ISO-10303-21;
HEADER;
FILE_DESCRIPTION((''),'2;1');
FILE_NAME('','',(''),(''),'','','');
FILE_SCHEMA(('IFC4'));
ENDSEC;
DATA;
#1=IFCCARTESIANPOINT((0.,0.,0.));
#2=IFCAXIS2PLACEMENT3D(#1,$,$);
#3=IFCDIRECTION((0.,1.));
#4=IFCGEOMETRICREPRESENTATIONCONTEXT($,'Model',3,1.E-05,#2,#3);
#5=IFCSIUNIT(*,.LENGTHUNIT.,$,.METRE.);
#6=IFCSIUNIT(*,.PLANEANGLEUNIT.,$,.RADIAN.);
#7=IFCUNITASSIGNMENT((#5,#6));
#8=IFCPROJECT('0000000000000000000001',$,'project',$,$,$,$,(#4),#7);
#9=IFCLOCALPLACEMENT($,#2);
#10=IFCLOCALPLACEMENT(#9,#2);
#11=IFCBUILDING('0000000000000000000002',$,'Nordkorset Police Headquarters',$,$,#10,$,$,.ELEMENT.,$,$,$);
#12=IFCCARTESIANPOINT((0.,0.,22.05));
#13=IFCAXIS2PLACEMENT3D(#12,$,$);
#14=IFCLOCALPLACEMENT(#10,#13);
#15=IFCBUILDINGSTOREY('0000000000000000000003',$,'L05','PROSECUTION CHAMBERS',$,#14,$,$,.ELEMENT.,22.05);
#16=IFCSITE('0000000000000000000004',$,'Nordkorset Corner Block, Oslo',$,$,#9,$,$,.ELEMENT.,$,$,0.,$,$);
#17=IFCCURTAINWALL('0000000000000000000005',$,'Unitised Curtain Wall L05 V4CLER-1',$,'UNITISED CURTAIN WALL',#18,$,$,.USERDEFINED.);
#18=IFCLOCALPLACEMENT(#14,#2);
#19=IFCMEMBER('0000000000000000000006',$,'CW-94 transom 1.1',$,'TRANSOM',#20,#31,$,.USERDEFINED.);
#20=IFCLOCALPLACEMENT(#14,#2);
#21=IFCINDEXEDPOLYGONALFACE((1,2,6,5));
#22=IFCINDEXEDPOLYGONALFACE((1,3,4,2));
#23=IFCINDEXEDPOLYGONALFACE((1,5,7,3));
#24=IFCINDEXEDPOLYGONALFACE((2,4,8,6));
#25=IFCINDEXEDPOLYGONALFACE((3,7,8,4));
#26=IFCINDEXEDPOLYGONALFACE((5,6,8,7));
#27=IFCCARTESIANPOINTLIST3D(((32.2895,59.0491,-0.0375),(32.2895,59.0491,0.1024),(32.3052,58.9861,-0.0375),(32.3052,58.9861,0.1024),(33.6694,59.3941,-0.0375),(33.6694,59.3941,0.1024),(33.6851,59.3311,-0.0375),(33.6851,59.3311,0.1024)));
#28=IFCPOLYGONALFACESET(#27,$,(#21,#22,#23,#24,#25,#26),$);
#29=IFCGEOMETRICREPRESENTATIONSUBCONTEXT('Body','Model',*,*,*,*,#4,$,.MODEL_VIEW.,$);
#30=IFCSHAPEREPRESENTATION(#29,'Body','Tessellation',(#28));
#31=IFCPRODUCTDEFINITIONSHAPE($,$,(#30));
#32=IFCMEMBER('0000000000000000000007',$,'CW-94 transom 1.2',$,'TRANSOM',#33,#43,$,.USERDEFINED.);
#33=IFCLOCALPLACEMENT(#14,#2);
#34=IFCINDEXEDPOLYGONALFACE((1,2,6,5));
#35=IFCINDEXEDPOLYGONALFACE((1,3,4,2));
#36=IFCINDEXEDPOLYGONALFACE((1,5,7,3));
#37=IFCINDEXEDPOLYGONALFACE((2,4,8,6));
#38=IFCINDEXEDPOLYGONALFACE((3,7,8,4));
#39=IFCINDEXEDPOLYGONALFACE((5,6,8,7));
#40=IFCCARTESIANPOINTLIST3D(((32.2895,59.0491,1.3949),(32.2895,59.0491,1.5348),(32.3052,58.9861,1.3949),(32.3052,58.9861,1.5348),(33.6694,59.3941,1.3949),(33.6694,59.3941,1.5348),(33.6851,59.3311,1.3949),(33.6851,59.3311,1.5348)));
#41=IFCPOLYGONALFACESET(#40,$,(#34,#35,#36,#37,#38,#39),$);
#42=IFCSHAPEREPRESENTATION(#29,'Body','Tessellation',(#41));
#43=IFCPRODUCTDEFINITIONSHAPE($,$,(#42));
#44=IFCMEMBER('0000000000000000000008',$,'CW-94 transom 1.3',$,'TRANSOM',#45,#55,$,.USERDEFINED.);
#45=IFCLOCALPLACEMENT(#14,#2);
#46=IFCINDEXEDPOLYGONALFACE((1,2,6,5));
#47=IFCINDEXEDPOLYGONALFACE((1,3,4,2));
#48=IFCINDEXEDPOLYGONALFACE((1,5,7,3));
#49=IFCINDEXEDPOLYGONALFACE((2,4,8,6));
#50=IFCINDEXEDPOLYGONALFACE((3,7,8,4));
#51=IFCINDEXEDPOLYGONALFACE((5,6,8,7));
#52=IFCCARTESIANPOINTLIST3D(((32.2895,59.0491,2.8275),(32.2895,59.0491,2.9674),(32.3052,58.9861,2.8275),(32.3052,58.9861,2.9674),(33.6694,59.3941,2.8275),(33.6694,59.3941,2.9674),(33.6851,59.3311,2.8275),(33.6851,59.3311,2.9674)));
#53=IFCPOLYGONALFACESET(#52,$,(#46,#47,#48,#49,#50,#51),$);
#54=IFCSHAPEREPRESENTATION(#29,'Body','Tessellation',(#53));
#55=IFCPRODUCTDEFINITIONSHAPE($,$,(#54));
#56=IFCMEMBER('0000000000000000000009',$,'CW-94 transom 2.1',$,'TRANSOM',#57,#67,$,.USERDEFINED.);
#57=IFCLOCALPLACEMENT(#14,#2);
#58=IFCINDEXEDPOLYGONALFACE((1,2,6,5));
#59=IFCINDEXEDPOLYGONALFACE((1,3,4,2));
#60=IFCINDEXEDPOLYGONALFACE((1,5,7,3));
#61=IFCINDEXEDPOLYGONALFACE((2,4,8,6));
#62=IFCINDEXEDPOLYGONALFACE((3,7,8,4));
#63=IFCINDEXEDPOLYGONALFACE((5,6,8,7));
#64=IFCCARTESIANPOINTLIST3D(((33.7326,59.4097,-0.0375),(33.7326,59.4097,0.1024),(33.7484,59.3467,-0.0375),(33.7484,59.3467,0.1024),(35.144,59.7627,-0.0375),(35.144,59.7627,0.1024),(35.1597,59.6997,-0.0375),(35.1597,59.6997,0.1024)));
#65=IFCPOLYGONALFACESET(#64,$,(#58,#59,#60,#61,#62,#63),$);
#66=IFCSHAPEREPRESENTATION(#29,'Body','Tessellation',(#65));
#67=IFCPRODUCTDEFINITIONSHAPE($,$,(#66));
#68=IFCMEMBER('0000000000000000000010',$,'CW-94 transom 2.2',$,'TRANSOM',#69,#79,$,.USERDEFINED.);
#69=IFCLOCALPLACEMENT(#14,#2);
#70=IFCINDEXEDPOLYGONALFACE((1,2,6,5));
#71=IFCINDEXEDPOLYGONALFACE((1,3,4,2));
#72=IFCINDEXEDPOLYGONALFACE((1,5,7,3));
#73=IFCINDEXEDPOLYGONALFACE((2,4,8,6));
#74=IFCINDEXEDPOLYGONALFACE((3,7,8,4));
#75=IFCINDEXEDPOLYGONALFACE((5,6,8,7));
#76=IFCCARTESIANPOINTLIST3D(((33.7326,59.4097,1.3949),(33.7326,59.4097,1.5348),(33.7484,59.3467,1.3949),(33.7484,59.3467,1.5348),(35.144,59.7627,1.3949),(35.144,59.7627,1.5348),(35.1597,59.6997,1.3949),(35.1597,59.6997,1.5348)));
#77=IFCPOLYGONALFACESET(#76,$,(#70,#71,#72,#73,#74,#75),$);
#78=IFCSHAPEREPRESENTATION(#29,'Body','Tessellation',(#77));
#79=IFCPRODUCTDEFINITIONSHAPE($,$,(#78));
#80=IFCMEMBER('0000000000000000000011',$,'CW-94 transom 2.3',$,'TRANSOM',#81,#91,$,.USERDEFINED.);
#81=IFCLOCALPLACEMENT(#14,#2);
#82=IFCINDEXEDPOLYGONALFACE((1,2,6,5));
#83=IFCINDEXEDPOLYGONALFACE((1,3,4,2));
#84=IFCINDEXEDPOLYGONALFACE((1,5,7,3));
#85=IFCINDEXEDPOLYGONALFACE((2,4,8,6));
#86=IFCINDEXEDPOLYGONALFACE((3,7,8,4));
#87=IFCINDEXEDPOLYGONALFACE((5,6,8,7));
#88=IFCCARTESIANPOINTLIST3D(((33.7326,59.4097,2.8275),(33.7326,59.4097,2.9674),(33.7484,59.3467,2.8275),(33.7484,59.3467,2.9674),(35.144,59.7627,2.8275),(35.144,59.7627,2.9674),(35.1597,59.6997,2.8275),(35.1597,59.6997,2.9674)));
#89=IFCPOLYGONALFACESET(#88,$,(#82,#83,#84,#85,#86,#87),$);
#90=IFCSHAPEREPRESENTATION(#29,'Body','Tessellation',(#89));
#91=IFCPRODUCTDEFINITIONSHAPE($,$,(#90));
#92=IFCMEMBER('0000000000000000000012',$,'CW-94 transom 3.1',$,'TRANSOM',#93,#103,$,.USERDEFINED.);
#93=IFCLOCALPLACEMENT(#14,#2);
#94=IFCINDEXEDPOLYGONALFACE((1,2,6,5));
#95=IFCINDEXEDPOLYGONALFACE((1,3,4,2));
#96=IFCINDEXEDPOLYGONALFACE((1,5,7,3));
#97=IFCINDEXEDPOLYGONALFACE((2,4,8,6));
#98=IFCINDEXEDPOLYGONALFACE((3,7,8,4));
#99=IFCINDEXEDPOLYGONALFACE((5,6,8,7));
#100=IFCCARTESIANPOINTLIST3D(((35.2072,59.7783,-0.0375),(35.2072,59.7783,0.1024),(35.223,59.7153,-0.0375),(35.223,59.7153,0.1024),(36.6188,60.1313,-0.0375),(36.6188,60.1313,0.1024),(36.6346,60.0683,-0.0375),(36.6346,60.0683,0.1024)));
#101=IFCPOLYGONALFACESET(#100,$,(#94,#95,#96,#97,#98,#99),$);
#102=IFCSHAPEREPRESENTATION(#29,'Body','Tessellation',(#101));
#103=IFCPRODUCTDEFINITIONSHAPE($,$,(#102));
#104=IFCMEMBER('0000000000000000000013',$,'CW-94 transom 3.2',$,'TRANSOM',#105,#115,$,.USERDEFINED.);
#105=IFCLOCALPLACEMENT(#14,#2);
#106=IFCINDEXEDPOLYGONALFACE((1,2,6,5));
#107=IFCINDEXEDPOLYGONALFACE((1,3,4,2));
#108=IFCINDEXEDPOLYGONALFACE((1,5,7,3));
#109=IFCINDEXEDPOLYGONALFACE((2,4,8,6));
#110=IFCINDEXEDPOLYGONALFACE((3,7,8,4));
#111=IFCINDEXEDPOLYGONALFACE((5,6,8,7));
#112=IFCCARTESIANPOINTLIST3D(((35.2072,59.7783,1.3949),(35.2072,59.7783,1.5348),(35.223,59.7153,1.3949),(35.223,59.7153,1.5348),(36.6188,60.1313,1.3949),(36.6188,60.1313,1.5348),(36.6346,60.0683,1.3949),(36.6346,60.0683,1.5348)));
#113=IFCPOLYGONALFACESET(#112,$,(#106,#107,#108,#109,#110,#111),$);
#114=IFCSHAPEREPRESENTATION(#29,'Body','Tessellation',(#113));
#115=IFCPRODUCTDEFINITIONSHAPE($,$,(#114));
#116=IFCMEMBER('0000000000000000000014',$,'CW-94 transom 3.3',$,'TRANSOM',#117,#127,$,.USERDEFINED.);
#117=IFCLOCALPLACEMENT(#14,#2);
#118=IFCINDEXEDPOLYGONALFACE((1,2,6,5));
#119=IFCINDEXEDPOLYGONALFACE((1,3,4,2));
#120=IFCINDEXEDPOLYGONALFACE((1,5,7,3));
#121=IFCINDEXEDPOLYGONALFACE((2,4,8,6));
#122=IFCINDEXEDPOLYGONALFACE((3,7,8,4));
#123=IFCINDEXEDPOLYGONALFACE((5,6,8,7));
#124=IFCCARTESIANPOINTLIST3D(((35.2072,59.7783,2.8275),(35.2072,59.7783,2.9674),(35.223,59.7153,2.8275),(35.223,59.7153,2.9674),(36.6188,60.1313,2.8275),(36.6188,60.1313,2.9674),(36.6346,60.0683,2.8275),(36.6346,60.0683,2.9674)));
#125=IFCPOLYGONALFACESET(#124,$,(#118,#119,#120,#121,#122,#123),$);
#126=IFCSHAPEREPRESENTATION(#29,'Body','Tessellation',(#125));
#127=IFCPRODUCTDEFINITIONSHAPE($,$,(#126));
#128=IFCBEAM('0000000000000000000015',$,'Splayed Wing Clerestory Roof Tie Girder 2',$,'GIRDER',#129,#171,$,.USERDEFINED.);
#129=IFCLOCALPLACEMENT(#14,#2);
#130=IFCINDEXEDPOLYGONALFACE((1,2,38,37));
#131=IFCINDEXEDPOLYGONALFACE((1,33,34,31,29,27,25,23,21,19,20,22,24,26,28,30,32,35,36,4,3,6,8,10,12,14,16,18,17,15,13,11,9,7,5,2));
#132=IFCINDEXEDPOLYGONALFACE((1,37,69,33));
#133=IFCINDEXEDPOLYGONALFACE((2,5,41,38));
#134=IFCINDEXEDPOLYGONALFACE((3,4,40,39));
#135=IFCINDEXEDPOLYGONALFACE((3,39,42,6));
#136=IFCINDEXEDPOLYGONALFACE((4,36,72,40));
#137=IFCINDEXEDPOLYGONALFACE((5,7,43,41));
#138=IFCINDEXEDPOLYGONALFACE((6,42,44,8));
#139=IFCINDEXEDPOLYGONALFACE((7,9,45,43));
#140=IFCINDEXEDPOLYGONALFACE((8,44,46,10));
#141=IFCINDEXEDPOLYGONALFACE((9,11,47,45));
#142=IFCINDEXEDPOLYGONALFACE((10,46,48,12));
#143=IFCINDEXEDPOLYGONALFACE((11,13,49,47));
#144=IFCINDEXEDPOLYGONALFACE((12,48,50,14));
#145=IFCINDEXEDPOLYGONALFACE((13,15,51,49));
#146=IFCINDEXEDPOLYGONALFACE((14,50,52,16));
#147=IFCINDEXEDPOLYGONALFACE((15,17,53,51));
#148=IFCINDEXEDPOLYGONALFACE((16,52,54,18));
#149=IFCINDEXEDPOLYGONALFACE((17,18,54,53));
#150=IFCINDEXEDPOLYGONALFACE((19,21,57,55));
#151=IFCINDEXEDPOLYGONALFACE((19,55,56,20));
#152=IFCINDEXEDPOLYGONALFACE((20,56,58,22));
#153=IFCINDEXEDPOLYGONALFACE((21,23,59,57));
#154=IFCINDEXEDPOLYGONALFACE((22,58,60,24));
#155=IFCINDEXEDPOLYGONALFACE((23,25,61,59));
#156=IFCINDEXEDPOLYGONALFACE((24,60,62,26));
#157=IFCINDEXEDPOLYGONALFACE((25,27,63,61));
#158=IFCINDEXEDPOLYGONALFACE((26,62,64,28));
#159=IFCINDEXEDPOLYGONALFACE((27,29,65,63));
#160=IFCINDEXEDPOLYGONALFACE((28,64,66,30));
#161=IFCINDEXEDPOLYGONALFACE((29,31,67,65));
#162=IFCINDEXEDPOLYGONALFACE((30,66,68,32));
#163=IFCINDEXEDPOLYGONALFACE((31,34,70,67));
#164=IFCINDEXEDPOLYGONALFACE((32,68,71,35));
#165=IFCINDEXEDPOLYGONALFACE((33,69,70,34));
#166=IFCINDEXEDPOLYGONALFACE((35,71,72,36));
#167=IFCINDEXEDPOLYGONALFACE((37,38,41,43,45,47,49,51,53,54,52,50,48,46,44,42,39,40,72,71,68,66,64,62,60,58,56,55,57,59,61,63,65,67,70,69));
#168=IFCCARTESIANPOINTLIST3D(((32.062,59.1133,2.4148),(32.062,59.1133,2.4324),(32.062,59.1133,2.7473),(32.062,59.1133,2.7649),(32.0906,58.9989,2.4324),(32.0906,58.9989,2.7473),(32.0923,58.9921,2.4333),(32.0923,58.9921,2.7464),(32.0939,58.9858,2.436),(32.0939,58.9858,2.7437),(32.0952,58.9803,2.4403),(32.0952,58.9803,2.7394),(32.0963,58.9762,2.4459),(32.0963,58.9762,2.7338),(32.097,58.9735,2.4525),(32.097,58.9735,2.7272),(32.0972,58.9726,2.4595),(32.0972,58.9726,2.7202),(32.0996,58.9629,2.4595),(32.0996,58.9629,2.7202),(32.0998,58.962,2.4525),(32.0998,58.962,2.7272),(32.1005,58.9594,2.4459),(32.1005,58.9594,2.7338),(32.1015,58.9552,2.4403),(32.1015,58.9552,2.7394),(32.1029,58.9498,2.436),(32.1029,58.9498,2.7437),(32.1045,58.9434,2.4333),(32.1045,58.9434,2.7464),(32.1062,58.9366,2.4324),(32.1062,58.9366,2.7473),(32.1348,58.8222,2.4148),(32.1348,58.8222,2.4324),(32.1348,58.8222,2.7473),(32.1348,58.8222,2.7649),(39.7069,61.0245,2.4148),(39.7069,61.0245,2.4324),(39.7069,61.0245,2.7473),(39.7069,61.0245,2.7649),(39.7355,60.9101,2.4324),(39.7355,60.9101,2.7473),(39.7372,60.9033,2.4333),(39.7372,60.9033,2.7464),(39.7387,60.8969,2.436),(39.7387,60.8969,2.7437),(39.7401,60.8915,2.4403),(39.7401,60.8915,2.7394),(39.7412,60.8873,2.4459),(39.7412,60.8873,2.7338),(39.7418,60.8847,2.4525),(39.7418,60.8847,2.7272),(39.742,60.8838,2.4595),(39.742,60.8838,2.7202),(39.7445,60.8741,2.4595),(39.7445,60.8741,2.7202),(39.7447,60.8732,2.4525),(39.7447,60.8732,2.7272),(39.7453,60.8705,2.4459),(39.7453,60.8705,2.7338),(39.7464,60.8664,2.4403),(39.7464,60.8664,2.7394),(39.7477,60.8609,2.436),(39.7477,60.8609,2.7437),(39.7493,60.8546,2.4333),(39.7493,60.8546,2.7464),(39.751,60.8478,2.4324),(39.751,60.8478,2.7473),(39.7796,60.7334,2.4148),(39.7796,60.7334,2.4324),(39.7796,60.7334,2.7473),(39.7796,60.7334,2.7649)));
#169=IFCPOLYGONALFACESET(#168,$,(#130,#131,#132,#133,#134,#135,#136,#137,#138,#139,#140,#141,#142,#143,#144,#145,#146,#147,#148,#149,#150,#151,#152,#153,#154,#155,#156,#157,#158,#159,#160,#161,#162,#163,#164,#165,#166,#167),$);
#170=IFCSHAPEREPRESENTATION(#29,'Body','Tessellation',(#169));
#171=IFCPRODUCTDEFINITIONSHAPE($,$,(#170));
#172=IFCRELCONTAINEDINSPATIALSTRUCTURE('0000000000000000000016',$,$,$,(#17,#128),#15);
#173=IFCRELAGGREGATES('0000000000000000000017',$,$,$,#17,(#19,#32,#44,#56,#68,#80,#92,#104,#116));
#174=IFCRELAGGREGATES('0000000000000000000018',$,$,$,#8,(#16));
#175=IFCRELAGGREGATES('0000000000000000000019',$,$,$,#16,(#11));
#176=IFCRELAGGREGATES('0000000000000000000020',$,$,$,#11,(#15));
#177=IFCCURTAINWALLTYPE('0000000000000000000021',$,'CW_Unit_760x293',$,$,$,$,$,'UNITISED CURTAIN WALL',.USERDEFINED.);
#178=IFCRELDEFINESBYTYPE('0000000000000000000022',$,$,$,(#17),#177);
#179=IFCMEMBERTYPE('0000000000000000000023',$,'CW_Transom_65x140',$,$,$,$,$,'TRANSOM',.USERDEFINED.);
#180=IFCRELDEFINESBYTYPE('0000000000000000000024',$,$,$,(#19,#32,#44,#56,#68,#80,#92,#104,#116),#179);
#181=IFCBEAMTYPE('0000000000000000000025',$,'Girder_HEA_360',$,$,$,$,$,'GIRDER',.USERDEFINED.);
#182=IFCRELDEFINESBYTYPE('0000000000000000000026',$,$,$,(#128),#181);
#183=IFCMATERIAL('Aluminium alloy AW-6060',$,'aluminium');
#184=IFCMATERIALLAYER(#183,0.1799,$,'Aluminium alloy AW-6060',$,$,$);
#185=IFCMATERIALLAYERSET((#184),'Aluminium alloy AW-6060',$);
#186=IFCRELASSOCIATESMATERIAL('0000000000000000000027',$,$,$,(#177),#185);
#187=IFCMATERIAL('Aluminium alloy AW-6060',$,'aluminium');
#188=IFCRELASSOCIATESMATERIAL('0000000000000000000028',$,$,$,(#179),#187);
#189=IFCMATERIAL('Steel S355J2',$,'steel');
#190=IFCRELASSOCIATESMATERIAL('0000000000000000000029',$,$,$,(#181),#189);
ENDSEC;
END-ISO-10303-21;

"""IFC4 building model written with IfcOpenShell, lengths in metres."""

from ifc_helpers import new_model, si_unit, direction, frame, origin, origin_2d, place, context, subcontext, project, spatial, rectangle, i_section, extrude, material, layer, layer_set, material_profile, profile_set, type_object, element, aggregate, save


model = new_model("IFC4")

# Units and contexts
model_context = context("Model", 3, precision=1e-05, world=origin(), true_north=direction((0.0, 1.0)))
body_context = subcontext(model_context, "Body", "Model", "MODEL_VIEW")
ifc_project = project(units=[si_unit("LENGTHUNIT", "METRE"), si_unit("PLANEANGLEUNIT", "RADIAN")], contexts=[model_context])

# Site, building, storey
site_placement = place(None, origin())
site = spatial("IfcSite", under=ifc_project, at=site_placement, Name="Nordkorset Corner Block, Oslo", CompositionType="ELEMENT", RefElevation=0.0)
building_placement = place(site_placement, origin())
building = spatial("IfcBuilding", under=site, at=building_placement, Name="Nordkorset Police Headquarters", CompositionType="ELEMENT")
storey_placement = place(building_placement, frame((0.0, 0.0, 22.05)))
storey = spatial("IfcBuildingStorey", under=building, at=storey_placement, Name="L05", Description="PROSECUTION CHAMBERS", CompositionType="ELEMENT", Elevation=22.05)

# Curtain wall
ifc_material_1 = material(Name="Aluminium alloy AW-6060", Category="aluminium")
ifc_layer_1 = layer(ifc_material_1, 0.1799, Name="Aluminium alloy AW-6060")
ifc_layer_set_1 = layer_set([ifc_layer_1], Name="Aluminium alloy AW-6060")
curtain_wall_type_1 = type_object("IfcCurtainWallType", Name="CW_Unit_760x293", ElementType="UNITISED CURTAIN WALL", PredefinedType="USERDEFINED", material=ifc_layer_set_1)
curtain_wall_1_placement = place(storey_placement, origin())
curtain_wall_1 = element("IfcCurtainWall", 1, at=curtain_wall_1_placement, inside=storey, type_object=curtain_wall_type_1, Name="Unitised Curtain Wall L05 V4CLER-1", ObjectType="UNITISED CURTAIN WALL", PredefinedType="USERDEFINED")

# Members
ifc_material_2 = material(Name="Aluminium alloy AW-6060", Category="aluminium")
ifc_material_profile_1 = material_profile(ifc_material_2, rectangle(XDim=0.0649, YDim=0.1399, at=origin_2d()), Name="ALU TRAN 65x140")
ifc_profile_set_1 = profile_set([ifc_material_profile_1], Name="Aluminium alloy AW-6060")
member_type_1 = type_object("IfcMemberType", Name="CW_Transom_65x140", ElementType="TRANSOM", PredefinedType="USERDEFINED", material=ifc_profile_set_1)
member_1_placement = place(storey_placement, frame((32.2974, 59.0176, 0.0325), z_axis=(0.970143, 0.242536, 0.0), x_axis=(-0.242536, 0.970143, 0.0)))
member_1 = element("IfcMember", 2, at=member_1_placement, type_object=member_type_1, Name="CW-94 transom 1.1", ObjectType="TRANSOM", PredefinedType="USERDEFINED", context=body_context, shape_type="SweptSolid", body=[
    extrude(rectangle(XDim=0.0649, YDim=0.1399, at=origin_2d()), origin(), (0.0, 0.0, 1.0), 1.4224),
])
member_2_placement = place(storey_placement, frame((32.2974, 59.0176, 1.4648), z_axis=(0.970143, 0.242536, 0.0), x_axis=(-0.242536, 0.970143, 0.0)))
member_2 = element("IfcMember", 3, at=member_2_placement, type_object=member_type_1, Name="CW-94 transom 1.2", ObjectType="TRANSOM", PredefinedType="USERDEFINED", context=body_context, shape_type="SweptSolid", body=[
    extrude(rectangle(XDim=0.0649, YDim=0.1399, at=origin_2d()), origin(), (0.0, 0.0, 1.0), 1.4224),
])
member_3_placement = place(storey_placement, frame((32.2974, 59.0176, 2.8975), z_axis=(0.970143, 0.242536, 0.0), x_axis=(-0.242536, 0.970143, 0.0)))
member_3 = element("IfcMember", 4, at=member_3_placement, type_object=member_type_1, Name="CW-94 transom 1.3", ObjectType="TRANSOM", PredefinedType="USERDEFINED", context=body_context, shape_type="SweptSolid", body=[
    extrude(rectangle(XDim=0.0649, YDim=0.1399, at=origin_2d()), origin(), (0.0, 0.0, 1.0), 1.4224),
])
member_4_placement = place(storey_placement, frame((33.7405, 59.3782, 0.0325), z_axis=(0.970113, 0.242654, 0.0), x_axis=(-0.242654, 0.970113, 0.0)))
member_4 = element("IfcMember", 5, at=member_4_placement, type_object=member_type_1, Name="CW-94 transom 2.1", ObjectType="TRANSOM", PredefinedType="USERDEFINED", context=body_context, shape_type="SweptSolid", body=[
    extrude(rectangle(XDim=0.0649, YDim=0.1399, at=origin_2d()), origin(), (0.0, 0.0, 1.0), 1.4548),
])
member_5_placement = place(storey_placement, frame((33.7405, 59.3782, 1.4648), z_axis=(0.970113, 0.242654, 0.0), x_axis=(-0.242654, 0.970113, 0.0)))
member_5 = element("IfcMember", 6, at=member_5_placement, type_object=member_type_1, Name="CW-94 transom 2.2", ObjectType="TRANSOM", PredefinedType="USERDEFINED", context=body_context, shape_type="SweptSolid", body=[
    extrude(rectangle(XDim=0.0649, YDim=0.1399, at=origin_2d()), origin(), (0.0, 0.0, 1.0), 1.4548),
])
member_6_placement = place(storey_placement, frame((33.7405, 59.3782, 2.8975), z_axis=(0.970113, 0.242654, 0.0), x_axis=(-0.242654, 0.970113, 0.0)))
member_6 = element("IfcMember", 7, at=member_6_placement, type_object=member_type_1, Name="CW-94 transom 2.3", ObjectType="TRANSOM", PredefinedType="USERDEFINED", context=body_context, shape_type="SweptSolid", body=[
    extrude(rectangle(XDim=0.0649, YDim=0.1399, at=origin_2d()), origin(), (0.0, 0.0, 1.0), 1.4548),
])
member_7_placement = place(storey_placement, frame((35.2151, 59.7468, 0.0325), z_axis=(0.970123, 0.242615, 0.0), x_axis=(-0.242615, 0.970123, 0.0)))
member_7 = element("IfcMember", 8, at=member_7_placement, type_object=member_type_1, Name="CW-94 transom 3.1", ObjectType="TRANSOM", PredefinedType="USERDEFINED", context=body_context, shape_type="SweptSolid", body=[
    extrude(rectangle(XDim=0.0649, YDim=0.1399, at=origin_2d()), origin(), (0.0, 0.0, 1.0), 1.4551),
])
member_8_placement = place(storey_placement, frame((35.2151, 59.7468, 1.4648), z_axis=(0.970123, 0.242615, 0.0), x_axis=(-0.242615, 0.970123, 0.0)))
member_8 = element("IfcMember", 9, at=member_8_placement, type_object=member_type_1, Name="CW-94 transom 3.2", ObjectType="TRANSOM", PredefinedType="USERDEFINED", context=body_context, shape_type="SweptSolid", body=[
    extrude(rectangle(XDim=0.0649, YDim=0.1399, at=origin_2d()), origin(), (0.0, 0.0, 1.0), 1.4551),
])
member_9_placement = place(storey_placement, frame((35.2151, 59.7468, 2.8975), z_axis=(0.970123, 0.242615, 0.0), x_axis=(-0.242615, 0.970123, 0.0)))
member_9 = element("IfcMember", 10, at=member_9_placement, type_object=member_type_1, Name="CW-94 transom 3.3", ObjectType="TRANSOM", PredefinedType="USERDEFINED", context=body_context, shape_type="SweptSolid", body=[
    extrude(rectangle(XDim=0.0649, YDim=0.1399, at=origin_2d()), origin(), (0.0, 0.0, 1.0), 1.4551),
])

# Beam
ifc_material_3 = material(Name="Steel S355J2", Category="steel")
ifc_material_profile_2 = material_profile(ifc_material_3, i_section(OverallWidth=0.3, OverallDepth=0.3501, WebThickness=0.01, FlangeThickness=0.0176, FilletRadius=0.0271, at=origin_2d()), Name="HEA 360")
ifc_profile_set_2 = profile_set([ifc_material_profile_2], Name="Steel S355J2")
beam_type = type_object("IfcBeamType", Name="Girder_HEA_360", ElementType="GIRDER", PredefinedType="USERDEFINED", material=ifc_profile_set_2)
beam_placement = place(storey_placement, frame((32.0984, 58.9678, 2.5898), z_axis=(0.970144, 0.242528, 0.0), x_axis=(-0.242528, 0.970144, 0.0)))
element("IfcBeam", 11, at=beam_placement, inside=storey, type_object=beam_type, Name="Splayed Wing Clerestory Roof Tie Girder 2", ObjectType="GIRDER", PredefinedType="USERDEFINED", context=body_context, shape_type="SweptSolid", body=[
    extrude(i_section(OverallWidth=0.3, OverallDepth=0.3501, WebThickness=0.01, FlangeThickness=0.0176, FilletRadius=0.0271, at=origin_2d()), origin(), (0.0, 0.0, 1.0), 7.8801),
])

aggregate(curtain_wall_1, [member_1, member_2, member_3, member_4, member_5, member_6, member_7, member_8, member_9])

save(model, "model.ifc")
